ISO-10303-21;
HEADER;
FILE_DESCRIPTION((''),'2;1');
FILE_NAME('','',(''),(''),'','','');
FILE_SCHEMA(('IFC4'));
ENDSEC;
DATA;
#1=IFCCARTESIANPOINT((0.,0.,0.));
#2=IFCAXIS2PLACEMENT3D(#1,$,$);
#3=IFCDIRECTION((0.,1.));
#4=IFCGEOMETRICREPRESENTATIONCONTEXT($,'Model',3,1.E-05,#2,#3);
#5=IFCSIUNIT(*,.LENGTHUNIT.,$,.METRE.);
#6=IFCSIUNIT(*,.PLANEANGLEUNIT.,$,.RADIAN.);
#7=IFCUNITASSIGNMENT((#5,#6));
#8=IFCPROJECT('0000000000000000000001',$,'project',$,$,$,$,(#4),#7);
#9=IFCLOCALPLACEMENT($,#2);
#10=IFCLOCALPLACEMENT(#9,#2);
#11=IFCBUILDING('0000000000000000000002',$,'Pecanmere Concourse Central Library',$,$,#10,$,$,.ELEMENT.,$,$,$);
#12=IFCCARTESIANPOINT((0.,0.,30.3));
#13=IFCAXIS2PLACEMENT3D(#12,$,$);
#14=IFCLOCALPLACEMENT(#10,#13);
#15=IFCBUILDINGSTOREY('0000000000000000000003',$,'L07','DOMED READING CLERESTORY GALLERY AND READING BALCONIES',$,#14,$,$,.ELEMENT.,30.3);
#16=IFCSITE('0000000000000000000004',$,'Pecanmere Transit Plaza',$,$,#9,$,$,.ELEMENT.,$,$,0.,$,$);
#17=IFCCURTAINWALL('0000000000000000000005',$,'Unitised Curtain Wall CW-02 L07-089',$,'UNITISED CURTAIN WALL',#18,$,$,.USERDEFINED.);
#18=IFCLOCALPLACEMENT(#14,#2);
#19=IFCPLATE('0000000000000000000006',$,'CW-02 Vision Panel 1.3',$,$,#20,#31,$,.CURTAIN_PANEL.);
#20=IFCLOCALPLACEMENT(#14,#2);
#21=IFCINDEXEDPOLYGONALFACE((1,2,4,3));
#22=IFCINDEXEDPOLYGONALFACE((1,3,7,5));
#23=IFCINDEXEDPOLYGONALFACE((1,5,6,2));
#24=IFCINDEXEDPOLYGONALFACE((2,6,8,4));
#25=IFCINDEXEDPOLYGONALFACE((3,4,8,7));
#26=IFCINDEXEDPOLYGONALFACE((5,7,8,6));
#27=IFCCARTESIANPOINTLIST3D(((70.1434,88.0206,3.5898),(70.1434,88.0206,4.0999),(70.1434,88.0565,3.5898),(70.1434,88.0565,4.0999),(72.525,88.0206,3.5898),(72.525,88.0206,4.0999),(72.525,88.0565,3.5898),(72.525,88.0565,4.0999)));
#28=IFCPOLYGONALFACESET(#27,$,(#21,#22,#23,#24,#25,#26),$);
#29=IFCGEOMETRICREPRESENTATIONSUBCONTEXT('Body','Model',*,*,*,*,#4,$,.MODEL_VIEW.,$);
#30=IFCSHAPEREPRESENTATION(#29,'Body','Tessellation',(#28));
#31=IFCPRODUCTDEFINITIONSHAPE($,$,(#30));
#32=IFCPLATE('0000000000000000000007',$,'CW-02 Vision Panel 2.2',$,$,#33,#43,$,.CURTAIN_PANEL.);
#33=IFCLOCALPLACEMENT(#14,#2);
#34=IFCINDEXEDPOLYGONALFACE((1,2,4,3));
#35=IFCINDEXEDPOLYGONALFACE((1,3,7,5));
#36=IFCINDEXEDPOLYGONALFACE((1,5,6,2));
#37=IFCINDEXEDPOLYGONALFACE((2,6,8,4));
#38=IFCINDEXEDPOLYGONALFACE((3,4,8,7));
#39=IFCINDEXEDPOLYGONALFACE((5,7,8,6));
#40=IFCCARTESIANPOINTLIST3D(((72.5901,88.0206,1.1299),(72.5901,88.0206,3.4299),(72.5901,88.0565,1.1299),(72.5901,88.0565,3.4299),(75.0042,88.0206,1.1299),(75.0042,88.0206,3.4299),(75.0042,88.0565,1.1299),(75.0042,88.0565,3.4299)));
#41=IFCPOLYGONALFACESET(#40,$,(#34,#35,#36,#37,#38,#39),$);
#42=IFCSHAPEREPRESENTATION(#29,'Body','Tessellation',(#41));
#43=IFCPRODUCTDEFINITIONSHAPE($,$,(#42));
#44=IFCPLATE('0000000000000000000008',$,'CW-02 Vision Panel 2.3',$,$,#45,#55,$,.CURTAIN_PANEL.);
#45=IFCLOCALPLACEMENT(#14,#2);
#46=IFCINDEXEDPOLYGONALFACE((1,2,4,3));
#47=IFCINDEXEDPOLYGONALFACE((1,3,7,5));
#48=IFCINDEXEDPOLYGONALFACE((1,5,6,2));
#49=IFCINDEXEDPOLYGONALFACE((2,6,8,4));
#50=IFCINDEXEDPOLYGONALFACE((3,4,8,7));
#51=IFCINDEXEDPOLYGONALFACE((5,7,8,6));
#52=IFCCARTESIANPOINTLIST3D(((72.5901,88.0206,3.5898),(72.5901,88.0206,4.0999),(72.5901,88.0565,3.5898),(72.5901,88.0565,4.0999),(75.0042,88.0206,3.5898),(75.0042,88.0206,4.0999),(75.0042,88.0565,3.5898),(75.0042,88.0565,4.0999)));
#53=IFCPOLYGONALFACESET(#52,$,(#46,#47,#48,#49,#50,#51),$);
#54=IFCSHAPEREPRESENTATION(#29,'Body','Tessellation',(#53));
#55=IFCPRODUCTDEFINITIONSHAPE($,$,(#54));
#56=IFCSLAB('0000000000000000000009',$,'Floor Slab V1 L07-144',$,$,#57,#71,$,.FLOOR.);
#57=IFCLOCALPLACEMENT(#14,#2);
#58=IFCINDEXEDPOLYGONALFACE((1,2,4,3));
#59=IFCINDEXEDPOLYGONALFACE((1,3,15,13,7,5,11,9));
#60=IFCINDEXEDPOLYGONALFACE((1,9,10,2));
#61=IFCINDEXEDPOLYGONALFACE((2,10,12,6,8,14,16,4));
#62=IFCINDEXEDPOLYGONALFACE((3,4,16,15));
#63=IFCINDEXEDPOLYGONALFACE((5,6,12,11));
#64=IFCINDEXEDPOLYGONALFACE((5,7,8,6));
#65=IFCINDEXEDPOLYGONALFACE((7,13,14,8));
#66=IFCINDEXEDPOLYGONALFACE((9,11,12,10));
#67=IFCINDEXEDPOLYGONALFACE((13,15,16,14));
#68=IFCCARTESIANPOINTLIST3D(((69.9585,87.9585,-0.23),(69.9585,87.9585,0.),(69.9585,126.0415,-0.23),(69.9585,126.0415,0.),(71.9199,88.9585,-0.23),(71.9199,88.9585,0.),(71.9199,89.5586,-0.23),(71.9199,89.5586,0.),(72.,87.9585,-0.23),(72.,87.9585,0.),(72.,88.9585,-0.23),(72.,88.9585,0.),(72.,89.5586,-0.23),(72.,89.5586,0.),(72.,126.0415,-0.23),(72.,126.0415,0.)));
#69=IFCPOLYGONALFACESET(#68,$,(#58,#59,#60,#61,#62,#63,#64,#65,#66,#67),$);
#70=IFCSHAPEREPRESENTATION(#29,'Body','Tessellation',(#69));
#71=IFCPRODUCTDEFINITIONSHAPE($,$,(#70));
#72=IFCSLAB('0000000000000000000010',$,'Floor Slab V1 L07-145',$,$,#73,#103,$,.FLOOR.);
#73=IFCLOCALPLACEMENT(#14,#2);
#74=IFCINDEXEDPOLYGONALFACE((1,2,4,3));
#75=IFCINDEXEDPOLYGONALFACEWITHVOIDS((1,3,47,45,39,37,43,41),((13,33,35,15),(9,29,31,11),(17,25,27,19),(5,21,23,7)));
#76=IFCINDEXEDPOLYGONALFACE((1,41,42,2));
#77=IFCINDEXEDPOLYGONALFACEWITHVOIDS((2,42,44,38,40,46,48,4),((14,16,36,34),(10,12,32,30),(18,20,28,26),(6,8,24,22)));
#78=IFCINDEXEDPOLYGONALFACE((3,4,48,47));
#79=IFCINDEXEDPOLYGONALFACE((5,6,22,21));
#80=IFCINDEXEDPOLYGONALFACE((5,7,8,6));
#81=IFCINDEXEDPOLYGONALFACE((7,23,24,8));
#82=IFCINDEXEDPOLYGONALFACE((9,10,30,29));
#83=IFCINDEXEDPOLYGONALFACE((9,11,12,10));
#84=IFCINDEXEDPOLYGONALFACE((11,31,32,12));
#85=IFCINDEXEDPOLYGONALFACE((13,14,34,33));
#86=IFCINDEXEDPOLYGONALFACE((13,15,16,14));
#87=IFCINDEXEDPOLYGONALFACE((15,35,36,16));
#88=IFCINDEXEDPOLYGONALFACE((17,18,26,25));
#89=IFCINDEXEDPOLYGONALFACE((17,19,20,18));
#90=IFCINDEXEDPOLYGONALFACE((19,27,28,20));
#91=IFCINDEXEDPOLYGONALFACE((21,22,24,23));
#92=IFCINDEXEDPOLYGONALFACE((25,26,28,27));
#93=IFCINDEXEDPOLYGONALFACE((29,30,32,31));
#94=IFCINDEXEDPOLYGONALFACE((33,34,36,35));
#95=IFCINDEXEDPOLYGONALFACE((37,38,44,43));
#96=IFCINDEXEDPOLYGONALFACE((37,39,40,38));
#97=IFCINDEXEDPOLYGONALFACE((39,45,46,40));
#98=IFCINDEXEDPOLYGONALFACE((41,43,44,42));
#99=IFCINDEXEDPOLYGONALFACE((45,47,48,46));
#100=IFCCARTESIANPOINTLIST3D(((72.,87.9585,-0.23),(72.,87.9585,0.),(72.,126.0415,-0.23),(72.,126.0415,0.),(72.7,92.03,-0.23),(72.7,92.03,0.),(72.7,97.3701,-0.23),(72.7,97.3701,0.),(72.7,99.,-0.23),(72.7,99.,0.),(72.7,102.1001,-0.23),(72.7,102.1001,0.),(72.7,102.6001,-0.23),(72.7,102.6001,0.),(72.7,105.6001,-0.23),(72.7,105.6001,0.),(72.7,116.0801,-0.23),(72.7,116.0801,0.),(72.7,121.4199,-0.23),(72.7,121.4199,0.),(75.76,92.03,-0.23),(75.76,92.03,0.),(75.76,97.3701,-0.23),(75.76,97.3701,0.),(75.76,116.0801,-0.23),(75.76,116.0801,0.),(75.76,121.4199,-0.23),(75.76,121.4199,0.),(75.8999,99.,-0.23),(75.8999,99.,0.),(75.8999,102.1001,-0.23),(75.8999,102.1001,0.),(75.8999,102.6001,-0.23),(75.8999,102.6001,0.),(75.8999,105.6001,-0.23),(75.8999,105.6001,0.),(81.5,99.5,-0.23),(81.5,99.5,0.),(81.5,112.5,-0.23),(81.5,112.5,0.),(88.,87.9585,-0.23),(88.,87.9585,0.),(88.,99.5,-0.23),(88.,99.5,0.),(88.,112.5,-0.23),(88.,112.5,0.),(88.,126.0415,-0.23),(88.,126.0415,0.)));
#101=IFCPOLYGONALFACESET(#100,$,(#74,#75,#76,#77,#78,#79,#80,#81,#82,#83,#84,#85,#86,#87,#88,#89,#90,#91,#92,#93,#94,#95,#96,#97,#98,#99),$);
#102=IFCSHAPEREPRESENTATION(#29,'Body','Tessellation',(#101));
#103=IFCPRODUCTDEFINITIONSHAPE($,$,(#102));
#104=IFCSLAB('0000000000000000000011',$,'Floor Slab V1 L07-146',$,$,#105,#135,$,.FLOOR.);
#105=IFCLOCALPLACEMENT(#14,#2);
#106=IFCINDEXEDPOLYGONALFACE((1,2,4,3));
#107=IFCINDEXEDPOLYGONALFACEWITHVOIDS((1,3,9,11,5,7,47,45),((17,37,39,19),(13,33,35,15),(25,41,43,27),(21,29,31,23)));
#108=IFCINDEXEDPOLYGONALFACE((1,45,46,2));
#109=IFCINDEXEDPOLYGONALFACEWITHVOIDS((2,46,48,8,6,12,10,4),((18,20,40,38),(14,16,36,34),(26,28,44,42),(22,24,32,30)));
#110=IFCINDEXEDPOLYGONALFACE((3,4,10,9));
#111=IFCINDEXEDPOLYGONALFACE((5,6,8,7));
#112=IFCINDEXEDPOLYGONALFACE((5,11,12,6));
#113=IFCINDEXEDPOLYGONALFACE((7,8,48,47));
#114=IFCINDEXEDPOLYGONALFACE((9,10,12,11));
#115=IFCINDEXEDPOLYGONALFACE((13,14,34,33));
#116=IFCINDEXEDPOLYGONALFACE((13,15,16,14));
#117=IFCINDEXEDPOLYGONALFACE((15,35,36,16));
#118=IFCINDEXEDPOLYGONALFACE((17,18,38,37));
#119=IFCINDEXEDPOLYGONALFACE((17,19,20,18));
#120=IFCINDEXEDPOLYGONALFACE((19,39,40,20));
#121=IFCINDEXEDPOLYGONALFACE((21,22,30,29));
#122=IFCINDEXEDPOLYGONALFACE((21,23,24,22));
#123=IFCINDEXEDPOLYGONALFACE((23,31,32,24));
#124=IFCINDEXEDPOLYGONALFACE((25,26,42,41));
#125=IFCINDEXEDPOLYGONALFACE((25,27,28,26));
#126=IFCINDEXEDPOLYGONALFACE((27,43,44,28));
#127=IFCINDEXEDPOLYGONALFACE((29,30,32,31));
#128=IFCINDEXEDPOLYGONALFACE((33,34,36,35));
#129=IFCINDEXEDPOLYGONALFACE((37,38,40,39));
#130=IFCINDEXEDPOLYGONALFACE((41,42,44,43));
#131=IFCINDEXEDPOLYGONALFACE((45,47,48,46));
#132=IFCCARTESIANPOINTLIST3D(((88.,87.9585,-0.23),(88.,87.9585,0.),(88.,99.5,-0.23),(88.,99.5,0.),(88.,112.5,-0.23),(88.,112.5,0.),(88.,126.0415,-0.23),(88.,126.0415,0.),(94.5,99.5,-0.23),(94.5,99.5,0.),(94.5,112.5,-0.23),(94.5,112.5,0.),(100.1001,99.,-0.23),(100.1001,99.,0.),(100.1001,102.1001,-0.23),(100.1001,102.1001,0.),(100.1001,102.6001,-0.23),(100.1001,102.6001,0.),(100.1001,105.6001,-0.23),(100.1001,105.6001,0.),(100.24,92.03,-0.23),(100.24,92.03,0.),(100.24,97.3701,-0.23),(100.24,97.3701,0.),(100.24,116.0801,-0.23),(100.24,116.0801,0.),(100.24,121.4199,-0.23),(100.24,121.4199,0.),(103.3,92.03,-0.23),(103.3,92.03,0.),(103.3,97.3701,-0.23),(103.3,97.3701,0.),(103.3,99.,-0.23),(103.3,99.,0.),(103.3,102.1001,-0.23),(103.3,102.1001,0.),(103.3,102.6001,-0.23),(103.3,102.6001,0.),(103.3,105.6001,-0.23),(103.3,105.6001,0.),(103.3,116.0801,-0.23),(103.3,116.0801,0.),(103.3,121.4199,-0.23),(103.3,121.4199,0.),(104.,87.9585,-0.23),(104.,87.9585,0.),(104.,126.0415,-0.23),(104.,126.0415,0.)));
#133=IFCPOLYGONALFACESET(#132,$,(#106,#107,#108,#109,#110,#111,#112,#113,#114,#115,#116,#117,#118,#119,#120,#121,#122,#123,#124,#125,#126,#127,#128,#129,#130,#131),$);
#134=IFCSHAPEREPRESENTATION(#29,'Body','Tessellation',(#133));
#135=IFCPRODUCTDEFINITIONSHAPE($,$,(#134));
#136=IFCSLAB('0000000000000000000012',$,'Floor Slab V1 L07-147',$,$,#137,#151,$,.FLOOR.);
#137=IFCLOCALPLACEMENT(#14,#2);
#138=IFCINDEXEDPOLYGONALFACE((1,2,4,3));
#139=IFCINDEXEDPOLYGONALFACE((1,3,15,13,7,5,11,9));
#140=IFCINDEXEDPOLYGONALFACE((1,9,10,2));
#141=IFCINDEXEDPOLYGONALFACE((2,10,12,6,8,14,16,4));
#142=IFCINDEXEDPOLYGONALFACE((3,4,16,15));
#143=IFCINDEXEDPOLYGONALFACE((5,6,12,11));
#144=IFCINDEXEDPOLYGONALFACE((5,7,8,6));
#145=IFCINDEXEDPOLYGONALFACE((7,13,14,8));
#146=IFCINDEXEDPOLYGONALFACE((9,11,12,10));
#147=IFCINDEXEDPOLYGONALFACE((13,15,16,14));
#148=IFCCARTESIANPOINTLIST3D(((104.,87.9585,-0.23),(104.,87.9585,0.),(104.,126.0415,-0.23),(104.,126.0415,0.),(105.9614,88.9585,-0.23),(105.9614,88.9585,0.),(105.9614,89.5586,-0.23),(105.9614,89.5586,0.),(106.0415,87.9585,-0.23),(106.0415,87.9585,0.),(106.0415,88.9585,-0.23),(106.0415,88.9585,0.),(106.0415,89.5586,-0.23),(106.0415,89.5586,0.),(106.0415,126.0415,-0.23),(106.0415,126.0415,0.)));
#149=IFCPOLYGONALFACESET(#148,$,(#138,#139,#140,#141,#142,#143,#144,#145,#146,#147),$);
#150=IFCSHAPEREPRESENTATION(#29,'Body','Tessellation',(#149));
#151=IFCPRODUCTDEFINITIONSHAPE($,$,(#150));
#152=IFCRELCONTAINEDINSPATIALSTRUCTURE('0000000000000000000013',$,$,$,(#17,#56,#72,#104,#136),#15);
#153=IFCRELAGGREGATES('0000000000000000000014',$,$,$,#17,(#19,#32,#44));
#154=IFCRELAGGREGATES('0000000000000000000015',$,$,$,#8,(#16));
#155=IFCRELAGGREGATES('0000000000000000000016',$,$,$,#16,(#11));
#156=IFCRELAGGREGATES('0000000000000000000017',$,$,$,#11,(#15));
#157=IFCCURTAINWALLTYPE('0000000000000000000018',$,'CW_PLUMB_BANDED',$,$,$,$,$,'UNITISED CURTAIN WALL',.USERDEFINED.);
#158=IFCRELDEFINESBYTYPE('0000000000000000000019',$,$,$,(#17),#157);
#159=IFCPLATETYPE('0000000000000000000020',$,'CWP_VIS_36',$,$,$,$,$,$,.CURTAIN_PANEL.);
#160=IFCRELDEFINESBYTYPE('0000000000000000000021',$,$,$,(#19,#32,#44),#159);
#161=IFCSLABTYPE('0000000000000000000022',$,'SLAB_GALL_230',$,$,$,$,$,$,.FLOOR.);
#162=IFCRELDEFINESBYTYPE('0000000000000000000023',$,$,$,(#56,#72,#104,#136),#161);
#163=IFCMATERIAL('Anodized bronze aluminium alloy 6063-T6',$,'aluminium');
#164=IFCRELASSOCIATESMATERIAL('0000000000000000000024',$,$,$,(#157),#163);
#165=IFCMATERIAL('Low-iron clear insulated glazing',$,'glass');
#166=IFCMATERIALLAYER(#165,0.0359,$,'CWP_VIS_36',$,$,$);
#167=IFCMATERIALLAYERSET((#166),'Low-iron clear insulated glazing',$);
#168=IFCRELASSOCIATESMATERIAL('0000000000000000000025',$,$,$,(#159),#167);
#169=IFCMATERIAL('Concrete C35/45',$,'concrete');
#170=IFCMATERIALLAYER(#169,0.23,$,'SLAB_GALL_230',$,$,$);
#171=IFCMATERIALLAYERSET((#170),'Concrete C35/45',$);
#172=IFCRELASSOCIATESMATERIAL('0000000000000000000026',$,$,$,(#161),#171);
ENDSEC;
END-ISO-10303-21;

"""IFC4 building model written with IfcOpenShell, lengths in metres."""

from ifc_helpers import new_model, si_unit, direction, frame, origin, origin_2d, place, context, subcontext, project, spatial, polyline, rectangle, outline, extrude, material, layer, layer_set, type_object, element, aggregate, save


model = new_model("IFC4")

# Units and contexts
model_context = context("Model", 3, precision=1e-05, world=origin(), true_north=direction((0.0, 1.0)))
body_context = subcontext(model_context, "Body", "Model", "MODEL_VIEW")
ifc_project = project(units=[si_unit("LENGTHUNIT", "METRE"), si_unit("PLANEANGLEUNIT", "RADIAN")], contexts=[model_context])

# Site, building, storey
site_placement = place(None, origin())
site = spatial("IfcSite", under=ifc_project, at=site_placement, Name="Pecanmere Transit Plaza", CompositionType="ELEMENT", RefElevation=0.0)
building_placement = place(site_placement, origin())
building = spatial("IfcBuilding", under=site, at=building_placement, Name="Pecanmere Concourse Central Library", CompositionType="ELEMENT")
storey_placement = place(building_placement, frame((0.0, 0.0, 30.3)))
storey = spatial("IfcBuildingStorey", under=building, at=storey_placement, Name="L07", Description="DOMED READING CLERESTORY GALLERY AND READING BALCONIES", CompositionType="ELEMENT", Elevation=30.3)

# Curtain wall, plates
ifc_material_1 = material(Name="Anodized bronze aluminium alloy 6063-T6", Category="aluminium")
curtain_wall_type = type_object("IfcCurtainWallType", Name="CW_PLUMB_BANDED", ElementType="UNITISED CURTAIN WALL", PredefinedType="USERDEFINED", material=ifc_material_1)
curtain_wall_placement = place(storey_placement, origin())
curtain_wall = element("IfcCurtainWall", 1, at=curtain_wall_placement, inside=storey, type_object=curtain_wall_type, Name="Unitised Curtain Wall CW-02 L07-089", ObjectType="UNITISED CURTAIN WALL", PredefinedType="USERDEFINED")
ifc_material_2 = material(Name="Low-iron clear insulated glazing", Category="glass")
ifc_layer_1 = layer(ifc_material_2, 0.0359, Name="CWP_VIS_36")
ifc_layer_set_1 = layer_set([ifc_layer_1], Name="Low-iron clear insulated glazing")
plate_type_1 = type_object("IfcPlateType", Name="CWP_VIS_36", PredefinedType="CURTAIN_PANEL", material=ifc_layer_set_1)
plate_1_placement = place(storey_placement, frame((71.3342, 88.0386, 3.5898), z_axis=(0.0, 0.0, 1.0), x_axis=(1.0, 0.0, 0.0)))
plate_1 = element("IfcPlate", 2, at=plate_1_placement, type_object=plate_type_1, Name="CW-02 Vision Panel 1.3", PredefinedType="CURTAIN_PANEL", context=body_context, shape_type="SweptSolid", body=[
    extrude(rectangle(XDim=2.3816, YDim=0.0359, at=origin_2d()), origin(), (0.0, 0.0, 1.0), 0.51),
])
plate_2_placement = place(storey_placement, frame((73.7971, 88.0386, 1.1299), z_axis=(0.0, 0.0, 1.0), x_axis=(1.0, 0.0, 0.0)))
plate_2 = element("IfcPlate", 3, at=plate_2_placement, type_object=plate_type_1, Name="CW-02 Vision Panel 2.2", PredefinedType="CURTAIN_PANEL", context=body_context, shape_type="SweptSolid", body=[
    extrude(rectangle(XDim=2.4141, YDim=0.0359, at=origin_2d()), origin(), (0.0, 0.0, 1.0), 2.3),
])
plate_3_placement = place(storey_placement, frame((73.7971, 88.0386, 3.5898), z_axis=(0.0, 0.0, 1.0), x_axis=(1.0, 0.0, 0.0)))
plate_3 = element("IfcPlate", 4, at=plate_3_placement, type_object=plate_type_1, Name="CW-02 Vision Panel 2.3", PredefinedType="CURTAIN_PANEL", context=body_context, shape_type="SweptSolid", body=[
    extrude(rectangle(XDim=2.4141, YDim=0.0359, at=origin_2d()), origin(), (0.0, 0.0, 1.0), 0.51),
])
aggregate(curtain_wall, [plate_1, plate_2, plate_3])

# Slabs
ifc_material_3 = material(Name="Concrete C35/45", Category="concrete")
ifc_layer_2 = layer(ifc_material_3, 0.23, Name="SLAB_GALL_230")
ifc_layer_set_2 = layer_set([ifc_layer_2], Name="Concrete C35/45")
slab_type = type_object("IfcSlabType", Name="SLAB_GALL_230", PredefinedType="FLOOR", material=ifc_layer_set_2)
slab_1_placement = place(storey_placement, frame((0.0, 0.0, -0.23)))
element("IfcSlab", 5, at=slab_1_placement, inside=storey, type_object=slab_type, Name="Floor Slab V1 L07-144", PredefinedType="FLOOR", context=body_context, shape_type="SweptSolid", body=[
    extrude(outline(polyline([(72.0, 89.5586), (71.9199, 89.5586), (71.9199, 88.9585), (72.0, 88.9585), (72.0, 87.9585), (69.9585, 87.9585), (69.9585, 126.0415), (72.0, 126.0415), (72.0, 89.5586)])), origin(), (0.0, 0.0, 1.0), 0.23),
])
slab_2_placement = place(storey_placement, frame((0.0, 0.0, -0.23)))
element("IfcSlab", 6, at=slab_2_placement, inside=storey, type_object=slab_type, Name="Floor Slab V1 L07-145", PredefinedType="FLOOR", context=body_context, shape_type="SweptSolid", body=[
    extrude(outline(polyline([(72.0, 87.9585), (72.0, 126.0415), (88.0, 126.0415), (88.0, 112.5), (81.5, 112.5), (81.5, 99.5), (88.0, 99.5), (88.0, 87.9585), (72.0, 87.9585)]), holes=[polyline([(72.7, 97.3701), (72.7, 92.03), (75.76, 92.03), (75.76, 97.3701), (72.7, 97.3701)]), polyline([(72.7, 102.1001), (72.7, 99.0), (75.8999, 99.0), (75.8999, 102.1001), (72.7, 102.1001)]), polyline([(72.7, 105.6001), (72.7, 102.6001), (75.8999, 102.6001), (75.8999, 105.6001), (72.7, 105.6001)]), polyline([(75.76, 121.4199), (72.7, 121.4199), (72.7, 116.0801), (75.76, 116.0801), (75.76, 121.4199)])]), origin(), (0.0, 0.0, 1.0), 0.23),
])
slab_3_placement = place(storey_placement, frame((0.0, 0.0, -0.23)))
element("IfcSlab", 7, at=slab_3_placement, inside=storey, type_object=slab_type, Name="Floor Slab V1 L07-146", PredefinedType="FLOOR", context=body_context, shape_type="SweptSolid", body=[
    extrude(outline(polyline([(88.0, 87.9585), (88.0, 99.5), (94.5, 99.5), (94.5, 112.5), (88.0, 112.5), (88.0, 126.0415), (104.0, 126.0415), (104.0, 87.9585), (88.0, 87.9585)]), holes=[polyline([(100.24, 97.3701), (100.24, 92.03), (103.3, 92.03), (103.3, 97.3701), (100.24, 97.3701)]), polyline([(100.1001, 102.1001), (100.1001, 99.0), (103.3, 99.0), (103.3, 102.1001), (100.1001, 102.1001)]), polyline([(100.1001, 105.6001), (100.1001, 102.6001), (103.3, 102.6001), (103.3, 105.6001), (100.1001, 105.6001)]), polyline([(103.3, 121.4199), (100.24, 121.4199), (100.24, 116.0801), (103.3, 116.0801), (103.3, 121.4199)])]), origin(), (0.0, 0.0, 1.0), 0.23),
])
slab_4_placement = place(storey_placement, frame((0.0, 0.0, -0.23)))
element("IfcSlab", 8, at=slab_4_placement, inside=storey, type_object=slab_type, Name="Floor Slab V1 L07-147", PredefinedType="FLOOR", context=body_context, shape_type="SweptSolid", body=[
    extrude(outline(polyline([(104.0, 126.0415), (106.0415, 126.0415), (106.0415, 89.5586), (105.9614, 89.5586), (105.9614, 88.9585), (106.0415, 88.9585), (106.0415, 87.9585), (104.0, 87.9585), (104.0, 126.0415)])), origin(), (0.0, 0.0, 1.0), 0.23),
])

save(model, "model.ifc")
